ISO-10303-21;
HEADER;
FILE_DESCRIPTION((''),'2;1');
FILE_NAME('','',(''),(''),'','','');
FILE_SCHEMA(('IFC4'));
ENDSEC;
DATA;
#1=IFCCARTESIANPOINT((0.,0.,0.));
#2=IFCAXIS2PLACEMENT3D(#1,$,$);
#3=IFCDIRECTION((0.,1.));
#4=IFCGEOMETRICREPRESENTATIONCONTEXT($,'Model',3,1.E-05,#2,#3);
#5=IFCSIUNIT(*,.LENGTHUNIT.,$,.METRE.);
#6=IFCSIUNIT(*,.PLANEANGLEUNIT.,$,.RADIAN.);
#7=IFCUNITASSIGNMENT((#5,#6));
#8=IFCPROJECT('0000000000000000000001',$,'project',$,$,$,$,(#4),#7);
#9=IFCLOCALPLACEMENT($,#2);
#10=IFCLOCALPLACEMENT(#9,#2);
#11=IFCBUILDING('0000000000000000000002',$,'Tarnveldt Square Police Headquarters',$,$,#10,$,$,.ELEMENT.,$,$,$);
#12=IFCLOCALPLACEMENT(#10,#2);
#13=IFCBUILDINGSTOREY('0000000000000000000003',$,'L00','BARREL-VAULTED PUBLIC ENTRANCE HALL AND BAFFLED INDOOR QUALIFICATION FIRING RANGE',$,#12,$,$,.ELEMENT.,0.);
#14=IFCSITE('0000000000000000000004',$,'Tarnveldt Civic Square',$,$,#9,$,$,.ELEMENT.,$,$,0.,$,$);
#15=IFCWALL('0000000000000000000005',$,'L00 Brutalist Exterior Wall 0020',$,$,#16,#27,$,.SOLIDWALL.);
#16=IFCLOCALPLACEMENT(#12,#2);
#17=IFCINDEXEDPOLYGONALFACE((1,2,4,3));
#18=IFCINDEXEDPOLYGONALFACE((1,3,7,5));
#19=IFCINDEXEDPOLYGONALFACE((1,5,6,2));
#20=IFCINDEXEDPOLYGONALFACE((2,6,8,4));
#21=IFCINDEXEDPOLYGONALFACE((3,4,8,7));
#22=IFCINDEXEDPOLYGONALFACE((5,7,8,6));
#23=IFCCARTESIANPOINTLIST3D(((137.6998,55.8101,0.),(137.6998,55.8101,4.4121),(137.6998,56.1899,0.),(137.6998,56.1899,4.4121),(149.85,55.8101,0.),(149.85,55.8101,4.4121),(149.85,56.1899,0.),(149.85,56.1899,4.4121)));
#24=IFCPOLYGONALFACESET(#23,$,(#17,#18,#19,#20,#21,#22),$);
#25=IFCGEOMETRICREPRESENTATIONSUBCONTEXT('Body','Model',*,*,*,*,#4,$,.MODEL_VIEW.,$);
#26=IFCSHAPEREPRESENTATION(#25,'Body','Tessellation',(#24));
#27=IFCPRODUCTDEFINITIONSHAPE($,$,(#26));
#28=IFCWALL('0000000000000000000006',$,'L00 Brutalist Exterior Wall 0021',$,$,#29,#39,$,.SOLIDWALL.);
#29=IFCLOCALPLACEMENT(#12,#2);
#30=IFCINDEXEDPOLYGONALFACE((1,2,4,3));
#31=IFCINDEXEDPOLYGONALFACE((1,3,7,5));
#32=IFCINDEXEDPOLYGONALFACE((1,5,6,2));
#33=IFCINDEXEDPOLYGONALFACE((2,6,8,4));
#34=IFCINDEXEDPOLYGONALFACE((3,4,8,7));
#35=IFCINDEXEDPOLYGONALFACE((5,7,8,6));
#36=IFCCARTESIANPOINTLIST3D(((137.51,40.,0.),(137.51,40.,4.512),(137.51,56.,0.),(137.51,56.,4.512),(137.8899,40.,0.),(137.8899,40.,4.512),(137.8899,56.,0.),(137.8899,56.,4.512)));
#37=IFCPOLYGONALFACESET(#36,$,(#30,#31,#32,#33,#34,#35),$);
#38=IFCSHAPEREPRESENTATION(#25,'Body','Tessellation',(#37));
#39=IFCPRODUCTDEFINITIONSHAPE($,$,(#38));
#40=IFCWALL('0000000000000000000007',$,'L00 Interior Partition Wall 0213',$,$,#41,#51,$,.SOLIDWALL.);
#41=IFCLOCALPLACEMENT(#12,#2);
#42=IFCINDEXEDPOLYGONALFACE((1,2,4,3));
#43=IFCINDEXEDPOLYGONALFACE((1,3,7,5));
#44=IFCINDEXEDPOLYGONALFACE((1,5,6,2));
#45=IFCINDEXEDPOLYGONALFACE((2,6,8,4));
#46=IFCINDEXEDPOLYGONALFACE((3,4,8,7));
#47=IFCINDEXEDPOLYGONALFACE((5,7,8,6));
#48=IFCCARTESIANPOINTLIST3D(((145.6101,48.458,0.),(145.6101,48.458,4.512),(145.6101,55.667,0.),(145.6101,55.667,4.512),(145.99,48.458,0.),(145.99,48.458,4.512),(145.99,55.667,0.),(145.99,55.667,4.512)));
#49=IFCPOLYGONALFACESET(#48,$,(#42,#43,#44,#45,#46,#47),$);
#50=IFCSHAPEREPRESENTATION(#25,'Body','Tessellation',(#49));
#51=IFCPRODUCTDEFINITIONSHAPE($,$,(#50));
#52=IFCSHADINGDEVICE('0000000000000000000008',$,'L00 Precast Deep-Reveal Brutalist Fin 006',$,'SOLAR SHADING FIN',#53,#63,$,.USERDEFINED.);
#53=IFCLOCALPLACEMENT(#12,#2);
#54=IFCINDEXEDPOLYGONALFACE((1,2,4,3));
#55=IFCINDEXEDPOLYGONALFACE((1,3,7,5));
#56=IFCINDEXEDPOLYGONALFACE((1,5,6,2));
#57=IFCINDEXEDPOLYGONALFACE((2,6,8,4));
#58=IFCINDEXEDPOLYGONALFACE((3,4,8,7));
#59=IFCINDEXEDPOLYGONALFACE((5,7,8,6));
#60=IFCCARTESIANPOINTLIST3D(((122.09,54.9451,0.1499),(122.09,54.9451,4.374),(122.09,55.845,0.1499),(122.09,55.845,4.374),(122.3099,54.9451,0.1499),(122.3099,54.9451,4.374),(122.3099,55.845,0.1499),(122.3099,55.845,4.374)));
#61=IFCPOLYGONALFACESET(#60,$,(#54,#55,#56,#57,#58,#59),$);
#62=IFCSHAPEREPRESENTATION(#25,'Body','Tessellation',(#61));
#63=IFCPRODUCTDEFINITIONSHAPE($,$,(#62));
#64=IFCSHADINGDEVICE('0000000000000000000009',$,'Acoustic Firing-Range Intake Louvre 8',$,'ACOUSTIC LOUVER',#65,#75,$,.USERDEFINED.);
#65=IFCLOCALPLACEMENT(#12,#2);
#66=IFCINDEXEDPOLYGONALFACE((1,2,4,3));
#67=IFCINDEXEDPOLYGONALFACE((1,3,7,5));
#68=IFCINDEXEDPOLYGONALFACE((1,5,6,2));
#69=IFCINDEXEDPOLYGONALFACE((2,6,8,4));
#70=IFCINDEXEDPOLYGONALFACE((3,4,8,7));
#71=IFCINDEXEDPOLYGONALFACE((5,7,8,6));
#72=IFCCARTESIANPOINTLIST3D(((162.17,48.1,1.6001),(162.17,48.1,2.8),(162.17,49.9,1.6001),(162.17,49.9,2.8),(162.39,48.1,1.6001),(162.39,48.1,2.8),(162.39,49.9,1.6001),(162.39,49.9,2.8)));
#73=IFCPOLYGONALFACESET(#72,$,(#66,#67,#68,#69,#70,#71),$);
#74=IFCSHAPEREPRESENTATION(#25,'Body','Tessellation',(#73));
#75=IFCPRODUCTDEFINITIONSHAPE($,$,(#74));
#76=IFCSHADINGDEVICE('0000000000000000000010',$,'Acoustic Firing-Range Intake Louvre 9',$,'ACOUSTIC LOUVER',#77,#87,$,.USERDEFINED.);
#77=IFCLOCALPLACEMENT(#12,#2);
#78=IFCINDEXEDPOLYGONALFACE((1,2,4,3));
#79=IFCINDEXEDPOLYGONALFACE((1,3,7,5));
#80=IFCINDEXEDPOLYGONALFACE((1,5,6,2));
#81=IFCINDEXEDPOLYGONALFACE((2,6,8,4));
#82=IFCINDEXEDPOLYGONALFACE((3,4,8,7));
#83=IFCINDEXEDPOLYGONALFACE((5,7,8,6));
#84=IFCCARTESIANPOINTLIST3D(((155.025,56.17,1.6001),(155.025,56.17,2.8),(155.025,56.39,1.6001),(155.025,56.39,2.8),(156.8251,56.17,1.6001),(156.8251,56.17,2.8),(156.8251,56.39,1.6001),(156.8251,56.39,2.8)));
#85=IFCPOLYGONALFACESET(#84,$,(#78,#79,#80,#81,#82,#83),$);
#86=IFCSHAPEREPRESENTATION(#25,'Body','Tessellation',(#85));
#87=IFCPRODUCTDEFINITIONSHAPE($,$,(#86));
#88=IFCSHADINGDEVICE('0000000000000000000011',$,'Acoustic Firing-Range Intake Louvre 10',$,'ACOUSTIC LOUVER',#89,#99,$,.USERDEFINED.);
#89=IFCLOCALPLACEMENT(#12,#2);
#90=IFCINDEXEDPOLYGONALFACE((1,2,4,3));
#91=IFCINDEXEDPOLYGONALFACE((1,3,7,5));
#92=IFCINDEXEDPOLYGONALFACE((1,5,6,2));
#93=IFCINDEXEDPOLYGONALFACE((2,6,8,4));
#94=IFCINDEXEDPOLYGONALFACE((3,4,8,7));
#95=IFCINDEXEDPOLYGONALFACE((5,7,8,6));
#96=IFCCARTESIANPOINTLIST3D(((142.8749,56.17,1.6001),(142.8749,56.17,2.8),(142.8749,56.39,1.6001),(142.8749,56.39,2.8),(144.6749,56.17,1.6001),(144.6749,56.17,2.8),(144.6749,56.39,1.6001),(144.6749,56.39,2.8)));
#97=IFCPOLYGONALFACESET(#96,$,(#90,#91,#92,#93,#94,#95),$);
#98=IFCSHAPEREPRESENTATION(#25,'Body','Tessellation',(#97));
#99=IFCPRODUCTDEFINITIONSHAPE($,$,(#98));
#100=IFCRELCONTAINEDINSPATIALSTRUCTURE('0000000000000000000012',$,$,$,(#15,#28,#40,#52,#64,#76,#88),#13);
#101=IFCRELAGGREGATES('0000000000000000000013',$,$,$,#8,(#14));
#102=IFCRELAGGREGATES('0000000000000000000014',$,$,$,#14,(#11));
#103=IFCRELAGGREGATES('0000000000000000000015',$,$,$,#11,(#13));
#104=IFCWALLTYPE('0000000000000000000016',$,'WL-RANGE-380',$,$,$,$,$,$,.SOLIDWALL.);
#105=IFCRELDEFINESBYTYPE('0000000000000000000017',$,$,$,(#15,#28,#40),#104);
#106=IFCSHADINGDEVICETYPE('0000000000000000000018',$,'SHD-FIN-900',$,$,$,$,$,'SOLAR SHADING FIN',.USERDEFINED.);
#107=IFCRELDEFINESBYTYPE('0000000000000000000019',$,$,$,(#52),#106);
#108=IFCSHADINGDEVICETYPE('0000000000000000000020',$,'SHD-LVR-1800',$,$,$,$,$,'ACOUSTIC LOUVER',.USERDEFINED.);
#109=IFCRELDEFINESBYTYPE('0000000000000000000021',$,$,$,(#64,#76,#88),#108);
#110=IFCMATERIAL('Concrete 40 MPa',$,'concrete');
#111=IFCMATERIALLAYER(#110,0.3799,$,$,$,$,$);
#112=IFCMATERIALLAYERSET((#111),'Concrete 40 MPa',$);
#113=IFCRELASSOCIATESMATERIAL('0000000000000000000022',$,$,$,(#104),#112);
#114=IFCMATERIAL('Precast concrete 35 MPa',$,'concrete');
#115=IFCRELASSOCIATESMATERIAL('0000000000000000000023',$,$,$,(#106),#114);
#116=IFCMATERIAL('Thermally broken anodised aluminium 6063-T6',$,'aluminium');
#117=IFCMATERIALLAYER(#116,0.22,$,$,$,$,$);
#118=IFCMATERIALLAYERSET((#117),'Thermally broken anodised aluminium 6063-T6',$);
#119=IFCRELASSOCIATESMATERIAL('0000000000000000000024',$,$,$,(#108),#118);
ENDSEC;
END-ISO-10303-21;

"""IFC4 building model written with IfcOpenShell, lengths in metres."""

from ifc_helpers import new_model, si_unit, direction, frame, frame_2d, origin, origin_2d, place, context, subcontext, project, spatial, rectangle, extrude, material, layer, layer_set, material_profile, profile_set, type_object, element, save


model = new_model("IFC4")

# Units and contexts
model_context = context("Model", 3, precision=1e-05, world=origin(), true_north=direction((0.0, 1.0)))
body_context = subcontext(model_context, "Body", "Model", "MODEL_VIEW")
ifc_project = project(units=[si_unit("LENGTHUNIT", "METRE"), si_unit("PLANEANGLEUNIT", "RADIAN")], contexts=[model_context])

# Site, building, storey
site_placement = place(None, origin())
site = spatial("IfcSite", under=ifc_project, at=site_placement, Name="Tarnveldt Civic Square", CompositionType="ELEMENT", RefElevation=0.0)
building_placement = place(site_placement, origin())
building = spatial("IfcBuilding", under=site, at=building_placement, Name="Tarnveldt Square Police Headquarters", CompositionType="ELEMENT")
storey_placement = place(building_placement, origin())
storey = spatial("IfcBuildingStorey", under=building, at=storey_placement, Name="L00", Description="BARREL-VAULTED PUBLIC ENTRANCE HALL AND BAFFLED INDOOR QUALIFICATION FIRING RANGE", CompositionType="ELEMENT", Elevation=0.0)

# Shared definitions
ifc_material_1 = material(Name="Precast concrete 35 MPa", Category="concrete")

# Shared definitions
ifc_material_2 = material(Name="Concrete 40 MPa", Category="concrete")

# Shared definitions
ifc_material_3 = material(Name="Thermally broken anodised aluminium 6063-T6", Category="aluminium")

# Walls
ifc_layer_1 = layer(ifc_material_2, 0.3799)
ifc_layer_set_1 = layer_set([ifc_layer_1], Name="Concrete 40 MPa")
wall_type_1 = type_object("IfcWallType", Name="WL-RANGE-380", PredefinedType="SOLIDWALL", material=ifc_layer_set_1)
wall_1_placement = place(storey_placement, frame((149.8501, 56.0, 0.0), z_axis=(0.0, 0.0, 1.0), x_axis=(-1.0, 0.0, 0.0)))
element("IfcWall", 1, at=wall_1_placement, inside=storey, type_object=wall_type_1, Name="L00 Brutalist Exterior Wall 0020", PredefinedType="SOLIDWALL", context=body_context, shape_type="SweptSolid", body=[
    extrude(rectangle(XDim=12.1501, YDim=0.3799, at=frame_2d((6.0752, 0.0))), origin(), (0.0, 0.0, 1.0), 4.4121),
])
wall_2_placement = place(storey_placement, frame((137.7, 56.0, 0.0), z_axis=(0.0, 0.0, 1.0), x_axis=(0.0, -1.0, 0.0)))
element("IfcWall", 2, at=wall_2_placement, inside=storey, type_object=wall_type_1, Name="L00 Brutalist Exterior Wall 0021", PredefinedType="SOLIDWALL", context=body_context, shape_type="SweptSolid", body=[
    extrude(rectangle(XDim=16.0, YDim=0.3799, at=frame_2d((8.0, 0.0))), origin(), (0.0, 0.0, 1.0), 4.512),
])
wall_3_placement = place(storey_placement, frame((145.8, 48.458, 0.0), z_axis=(0.0, 0.0, 1.0), x_axis=(0.0, 1.0, 0.0)))
element("IfcWall", 3, at=wall_3_placement, inside=storey, type_object=wall_type_1, Name="L00 Interior Partition Wall 0213", PredefinedType="SOLIDWALL", context=body_context, shape_type="SweptSolid", body=[
    extrude(rectangle(XDim=7.209, YDim=0.3799, at=frame_2d((3.6045, 0.0))), origin(), (0.0, 0.0, 1.0), 4.512),
])

# Shading devices
ifc_material_profile_1 = material_profile(ifc_material_1, rectangle(XDim=0.22, YDim=0.8999, at=origin_2d()), Name="PC-FIN220x900")
ifc_profile_set_1 = profile_set([ifc_material_profile_1], Name="Precast concrete 35 MPa")
shading_device_type_1 = type_object("IfcShadingDeviceType", Name="SHD-FIN-900", ElementType="SOLAR SHADING FIN", PredefinedType="USERDEFINED", material=ifc_profile_set_1)
shading_device_placement = place(storey_placement, frame((122.2, 55.395, 0.1499), z_axis=(0.0, 0.0, 1.0), x_axis=(1.0, 0.0, 0.0)))
element("IfcShadingDevice", 4, at=shading_device_placement, inside=storey, type_object=shading_device_type_1, Name="L00 Precast Deep-Reveal Brutalist Fin 006", ObjectType="SOLAR SHADING FIN", PredefinedType="USERDEFINED", context=body_context, shape_type="SweptSolid", body=[
    extrude(rectangle(XDim=0.22, YDim=0.8999, at=origin_2d()), origin(), (0.0, 0.0, 1.0), 4.2241),
])
ifc_layer_2 = layer(ifc_material_3, 0.22)
ifc_layer_set_2 = layer_set([ifc_layer_2], Name="Thermally broken anodised aluminium 6063-T6")
shading_device_type_2 = type_object("IfcShadingDeviceType", Name="SHD-LVR-1800", ElementType="ACOUSTIC LOUVER", PredefinedType="USERDEFINED", material=ifc_layer_set_2)
for number, where, z_axis, x_axis, name in (
    (5, (162.28, 49.0, 1.6001), (0.0, 0.0, 1.0), (0.0, 1.0, 0.0), "Acoustic Firing-Range Intake Louvre 8"),
    (6, (155.925, 56.28, 1.6001), (0.0, 0.0, 1.0), (-1.0, 0.0, 0.0), "Acoustic Firing-Range Intake Louvre 9"),
    (7, (143.7749, 56.28, 1.6001), (0.0, 0.0, 1.0), (-1.0, 0.0, 0.0), "Acoustic Firing-Range Intake Louvre 10"),
):
    element("IfcShadingDevice", number, at=place(storey_placement, frame(where, z_axis=z_axis, x_axis=x_axis)), inside=storey, type_object=shading_device_type_2, Name=name, ObjectType="ACOUSTIC LOUVER", PredefinedType="USERDEFINED", context=body_context, shape_type="SweptSolid", body=[
        extrude(rectangle(XDim=1.8, YDim=0.22, at=origin_2d()), origin(), (0.0, 0.0, 1.0), 1.2),
    ])

save(model, "model.ifc")
